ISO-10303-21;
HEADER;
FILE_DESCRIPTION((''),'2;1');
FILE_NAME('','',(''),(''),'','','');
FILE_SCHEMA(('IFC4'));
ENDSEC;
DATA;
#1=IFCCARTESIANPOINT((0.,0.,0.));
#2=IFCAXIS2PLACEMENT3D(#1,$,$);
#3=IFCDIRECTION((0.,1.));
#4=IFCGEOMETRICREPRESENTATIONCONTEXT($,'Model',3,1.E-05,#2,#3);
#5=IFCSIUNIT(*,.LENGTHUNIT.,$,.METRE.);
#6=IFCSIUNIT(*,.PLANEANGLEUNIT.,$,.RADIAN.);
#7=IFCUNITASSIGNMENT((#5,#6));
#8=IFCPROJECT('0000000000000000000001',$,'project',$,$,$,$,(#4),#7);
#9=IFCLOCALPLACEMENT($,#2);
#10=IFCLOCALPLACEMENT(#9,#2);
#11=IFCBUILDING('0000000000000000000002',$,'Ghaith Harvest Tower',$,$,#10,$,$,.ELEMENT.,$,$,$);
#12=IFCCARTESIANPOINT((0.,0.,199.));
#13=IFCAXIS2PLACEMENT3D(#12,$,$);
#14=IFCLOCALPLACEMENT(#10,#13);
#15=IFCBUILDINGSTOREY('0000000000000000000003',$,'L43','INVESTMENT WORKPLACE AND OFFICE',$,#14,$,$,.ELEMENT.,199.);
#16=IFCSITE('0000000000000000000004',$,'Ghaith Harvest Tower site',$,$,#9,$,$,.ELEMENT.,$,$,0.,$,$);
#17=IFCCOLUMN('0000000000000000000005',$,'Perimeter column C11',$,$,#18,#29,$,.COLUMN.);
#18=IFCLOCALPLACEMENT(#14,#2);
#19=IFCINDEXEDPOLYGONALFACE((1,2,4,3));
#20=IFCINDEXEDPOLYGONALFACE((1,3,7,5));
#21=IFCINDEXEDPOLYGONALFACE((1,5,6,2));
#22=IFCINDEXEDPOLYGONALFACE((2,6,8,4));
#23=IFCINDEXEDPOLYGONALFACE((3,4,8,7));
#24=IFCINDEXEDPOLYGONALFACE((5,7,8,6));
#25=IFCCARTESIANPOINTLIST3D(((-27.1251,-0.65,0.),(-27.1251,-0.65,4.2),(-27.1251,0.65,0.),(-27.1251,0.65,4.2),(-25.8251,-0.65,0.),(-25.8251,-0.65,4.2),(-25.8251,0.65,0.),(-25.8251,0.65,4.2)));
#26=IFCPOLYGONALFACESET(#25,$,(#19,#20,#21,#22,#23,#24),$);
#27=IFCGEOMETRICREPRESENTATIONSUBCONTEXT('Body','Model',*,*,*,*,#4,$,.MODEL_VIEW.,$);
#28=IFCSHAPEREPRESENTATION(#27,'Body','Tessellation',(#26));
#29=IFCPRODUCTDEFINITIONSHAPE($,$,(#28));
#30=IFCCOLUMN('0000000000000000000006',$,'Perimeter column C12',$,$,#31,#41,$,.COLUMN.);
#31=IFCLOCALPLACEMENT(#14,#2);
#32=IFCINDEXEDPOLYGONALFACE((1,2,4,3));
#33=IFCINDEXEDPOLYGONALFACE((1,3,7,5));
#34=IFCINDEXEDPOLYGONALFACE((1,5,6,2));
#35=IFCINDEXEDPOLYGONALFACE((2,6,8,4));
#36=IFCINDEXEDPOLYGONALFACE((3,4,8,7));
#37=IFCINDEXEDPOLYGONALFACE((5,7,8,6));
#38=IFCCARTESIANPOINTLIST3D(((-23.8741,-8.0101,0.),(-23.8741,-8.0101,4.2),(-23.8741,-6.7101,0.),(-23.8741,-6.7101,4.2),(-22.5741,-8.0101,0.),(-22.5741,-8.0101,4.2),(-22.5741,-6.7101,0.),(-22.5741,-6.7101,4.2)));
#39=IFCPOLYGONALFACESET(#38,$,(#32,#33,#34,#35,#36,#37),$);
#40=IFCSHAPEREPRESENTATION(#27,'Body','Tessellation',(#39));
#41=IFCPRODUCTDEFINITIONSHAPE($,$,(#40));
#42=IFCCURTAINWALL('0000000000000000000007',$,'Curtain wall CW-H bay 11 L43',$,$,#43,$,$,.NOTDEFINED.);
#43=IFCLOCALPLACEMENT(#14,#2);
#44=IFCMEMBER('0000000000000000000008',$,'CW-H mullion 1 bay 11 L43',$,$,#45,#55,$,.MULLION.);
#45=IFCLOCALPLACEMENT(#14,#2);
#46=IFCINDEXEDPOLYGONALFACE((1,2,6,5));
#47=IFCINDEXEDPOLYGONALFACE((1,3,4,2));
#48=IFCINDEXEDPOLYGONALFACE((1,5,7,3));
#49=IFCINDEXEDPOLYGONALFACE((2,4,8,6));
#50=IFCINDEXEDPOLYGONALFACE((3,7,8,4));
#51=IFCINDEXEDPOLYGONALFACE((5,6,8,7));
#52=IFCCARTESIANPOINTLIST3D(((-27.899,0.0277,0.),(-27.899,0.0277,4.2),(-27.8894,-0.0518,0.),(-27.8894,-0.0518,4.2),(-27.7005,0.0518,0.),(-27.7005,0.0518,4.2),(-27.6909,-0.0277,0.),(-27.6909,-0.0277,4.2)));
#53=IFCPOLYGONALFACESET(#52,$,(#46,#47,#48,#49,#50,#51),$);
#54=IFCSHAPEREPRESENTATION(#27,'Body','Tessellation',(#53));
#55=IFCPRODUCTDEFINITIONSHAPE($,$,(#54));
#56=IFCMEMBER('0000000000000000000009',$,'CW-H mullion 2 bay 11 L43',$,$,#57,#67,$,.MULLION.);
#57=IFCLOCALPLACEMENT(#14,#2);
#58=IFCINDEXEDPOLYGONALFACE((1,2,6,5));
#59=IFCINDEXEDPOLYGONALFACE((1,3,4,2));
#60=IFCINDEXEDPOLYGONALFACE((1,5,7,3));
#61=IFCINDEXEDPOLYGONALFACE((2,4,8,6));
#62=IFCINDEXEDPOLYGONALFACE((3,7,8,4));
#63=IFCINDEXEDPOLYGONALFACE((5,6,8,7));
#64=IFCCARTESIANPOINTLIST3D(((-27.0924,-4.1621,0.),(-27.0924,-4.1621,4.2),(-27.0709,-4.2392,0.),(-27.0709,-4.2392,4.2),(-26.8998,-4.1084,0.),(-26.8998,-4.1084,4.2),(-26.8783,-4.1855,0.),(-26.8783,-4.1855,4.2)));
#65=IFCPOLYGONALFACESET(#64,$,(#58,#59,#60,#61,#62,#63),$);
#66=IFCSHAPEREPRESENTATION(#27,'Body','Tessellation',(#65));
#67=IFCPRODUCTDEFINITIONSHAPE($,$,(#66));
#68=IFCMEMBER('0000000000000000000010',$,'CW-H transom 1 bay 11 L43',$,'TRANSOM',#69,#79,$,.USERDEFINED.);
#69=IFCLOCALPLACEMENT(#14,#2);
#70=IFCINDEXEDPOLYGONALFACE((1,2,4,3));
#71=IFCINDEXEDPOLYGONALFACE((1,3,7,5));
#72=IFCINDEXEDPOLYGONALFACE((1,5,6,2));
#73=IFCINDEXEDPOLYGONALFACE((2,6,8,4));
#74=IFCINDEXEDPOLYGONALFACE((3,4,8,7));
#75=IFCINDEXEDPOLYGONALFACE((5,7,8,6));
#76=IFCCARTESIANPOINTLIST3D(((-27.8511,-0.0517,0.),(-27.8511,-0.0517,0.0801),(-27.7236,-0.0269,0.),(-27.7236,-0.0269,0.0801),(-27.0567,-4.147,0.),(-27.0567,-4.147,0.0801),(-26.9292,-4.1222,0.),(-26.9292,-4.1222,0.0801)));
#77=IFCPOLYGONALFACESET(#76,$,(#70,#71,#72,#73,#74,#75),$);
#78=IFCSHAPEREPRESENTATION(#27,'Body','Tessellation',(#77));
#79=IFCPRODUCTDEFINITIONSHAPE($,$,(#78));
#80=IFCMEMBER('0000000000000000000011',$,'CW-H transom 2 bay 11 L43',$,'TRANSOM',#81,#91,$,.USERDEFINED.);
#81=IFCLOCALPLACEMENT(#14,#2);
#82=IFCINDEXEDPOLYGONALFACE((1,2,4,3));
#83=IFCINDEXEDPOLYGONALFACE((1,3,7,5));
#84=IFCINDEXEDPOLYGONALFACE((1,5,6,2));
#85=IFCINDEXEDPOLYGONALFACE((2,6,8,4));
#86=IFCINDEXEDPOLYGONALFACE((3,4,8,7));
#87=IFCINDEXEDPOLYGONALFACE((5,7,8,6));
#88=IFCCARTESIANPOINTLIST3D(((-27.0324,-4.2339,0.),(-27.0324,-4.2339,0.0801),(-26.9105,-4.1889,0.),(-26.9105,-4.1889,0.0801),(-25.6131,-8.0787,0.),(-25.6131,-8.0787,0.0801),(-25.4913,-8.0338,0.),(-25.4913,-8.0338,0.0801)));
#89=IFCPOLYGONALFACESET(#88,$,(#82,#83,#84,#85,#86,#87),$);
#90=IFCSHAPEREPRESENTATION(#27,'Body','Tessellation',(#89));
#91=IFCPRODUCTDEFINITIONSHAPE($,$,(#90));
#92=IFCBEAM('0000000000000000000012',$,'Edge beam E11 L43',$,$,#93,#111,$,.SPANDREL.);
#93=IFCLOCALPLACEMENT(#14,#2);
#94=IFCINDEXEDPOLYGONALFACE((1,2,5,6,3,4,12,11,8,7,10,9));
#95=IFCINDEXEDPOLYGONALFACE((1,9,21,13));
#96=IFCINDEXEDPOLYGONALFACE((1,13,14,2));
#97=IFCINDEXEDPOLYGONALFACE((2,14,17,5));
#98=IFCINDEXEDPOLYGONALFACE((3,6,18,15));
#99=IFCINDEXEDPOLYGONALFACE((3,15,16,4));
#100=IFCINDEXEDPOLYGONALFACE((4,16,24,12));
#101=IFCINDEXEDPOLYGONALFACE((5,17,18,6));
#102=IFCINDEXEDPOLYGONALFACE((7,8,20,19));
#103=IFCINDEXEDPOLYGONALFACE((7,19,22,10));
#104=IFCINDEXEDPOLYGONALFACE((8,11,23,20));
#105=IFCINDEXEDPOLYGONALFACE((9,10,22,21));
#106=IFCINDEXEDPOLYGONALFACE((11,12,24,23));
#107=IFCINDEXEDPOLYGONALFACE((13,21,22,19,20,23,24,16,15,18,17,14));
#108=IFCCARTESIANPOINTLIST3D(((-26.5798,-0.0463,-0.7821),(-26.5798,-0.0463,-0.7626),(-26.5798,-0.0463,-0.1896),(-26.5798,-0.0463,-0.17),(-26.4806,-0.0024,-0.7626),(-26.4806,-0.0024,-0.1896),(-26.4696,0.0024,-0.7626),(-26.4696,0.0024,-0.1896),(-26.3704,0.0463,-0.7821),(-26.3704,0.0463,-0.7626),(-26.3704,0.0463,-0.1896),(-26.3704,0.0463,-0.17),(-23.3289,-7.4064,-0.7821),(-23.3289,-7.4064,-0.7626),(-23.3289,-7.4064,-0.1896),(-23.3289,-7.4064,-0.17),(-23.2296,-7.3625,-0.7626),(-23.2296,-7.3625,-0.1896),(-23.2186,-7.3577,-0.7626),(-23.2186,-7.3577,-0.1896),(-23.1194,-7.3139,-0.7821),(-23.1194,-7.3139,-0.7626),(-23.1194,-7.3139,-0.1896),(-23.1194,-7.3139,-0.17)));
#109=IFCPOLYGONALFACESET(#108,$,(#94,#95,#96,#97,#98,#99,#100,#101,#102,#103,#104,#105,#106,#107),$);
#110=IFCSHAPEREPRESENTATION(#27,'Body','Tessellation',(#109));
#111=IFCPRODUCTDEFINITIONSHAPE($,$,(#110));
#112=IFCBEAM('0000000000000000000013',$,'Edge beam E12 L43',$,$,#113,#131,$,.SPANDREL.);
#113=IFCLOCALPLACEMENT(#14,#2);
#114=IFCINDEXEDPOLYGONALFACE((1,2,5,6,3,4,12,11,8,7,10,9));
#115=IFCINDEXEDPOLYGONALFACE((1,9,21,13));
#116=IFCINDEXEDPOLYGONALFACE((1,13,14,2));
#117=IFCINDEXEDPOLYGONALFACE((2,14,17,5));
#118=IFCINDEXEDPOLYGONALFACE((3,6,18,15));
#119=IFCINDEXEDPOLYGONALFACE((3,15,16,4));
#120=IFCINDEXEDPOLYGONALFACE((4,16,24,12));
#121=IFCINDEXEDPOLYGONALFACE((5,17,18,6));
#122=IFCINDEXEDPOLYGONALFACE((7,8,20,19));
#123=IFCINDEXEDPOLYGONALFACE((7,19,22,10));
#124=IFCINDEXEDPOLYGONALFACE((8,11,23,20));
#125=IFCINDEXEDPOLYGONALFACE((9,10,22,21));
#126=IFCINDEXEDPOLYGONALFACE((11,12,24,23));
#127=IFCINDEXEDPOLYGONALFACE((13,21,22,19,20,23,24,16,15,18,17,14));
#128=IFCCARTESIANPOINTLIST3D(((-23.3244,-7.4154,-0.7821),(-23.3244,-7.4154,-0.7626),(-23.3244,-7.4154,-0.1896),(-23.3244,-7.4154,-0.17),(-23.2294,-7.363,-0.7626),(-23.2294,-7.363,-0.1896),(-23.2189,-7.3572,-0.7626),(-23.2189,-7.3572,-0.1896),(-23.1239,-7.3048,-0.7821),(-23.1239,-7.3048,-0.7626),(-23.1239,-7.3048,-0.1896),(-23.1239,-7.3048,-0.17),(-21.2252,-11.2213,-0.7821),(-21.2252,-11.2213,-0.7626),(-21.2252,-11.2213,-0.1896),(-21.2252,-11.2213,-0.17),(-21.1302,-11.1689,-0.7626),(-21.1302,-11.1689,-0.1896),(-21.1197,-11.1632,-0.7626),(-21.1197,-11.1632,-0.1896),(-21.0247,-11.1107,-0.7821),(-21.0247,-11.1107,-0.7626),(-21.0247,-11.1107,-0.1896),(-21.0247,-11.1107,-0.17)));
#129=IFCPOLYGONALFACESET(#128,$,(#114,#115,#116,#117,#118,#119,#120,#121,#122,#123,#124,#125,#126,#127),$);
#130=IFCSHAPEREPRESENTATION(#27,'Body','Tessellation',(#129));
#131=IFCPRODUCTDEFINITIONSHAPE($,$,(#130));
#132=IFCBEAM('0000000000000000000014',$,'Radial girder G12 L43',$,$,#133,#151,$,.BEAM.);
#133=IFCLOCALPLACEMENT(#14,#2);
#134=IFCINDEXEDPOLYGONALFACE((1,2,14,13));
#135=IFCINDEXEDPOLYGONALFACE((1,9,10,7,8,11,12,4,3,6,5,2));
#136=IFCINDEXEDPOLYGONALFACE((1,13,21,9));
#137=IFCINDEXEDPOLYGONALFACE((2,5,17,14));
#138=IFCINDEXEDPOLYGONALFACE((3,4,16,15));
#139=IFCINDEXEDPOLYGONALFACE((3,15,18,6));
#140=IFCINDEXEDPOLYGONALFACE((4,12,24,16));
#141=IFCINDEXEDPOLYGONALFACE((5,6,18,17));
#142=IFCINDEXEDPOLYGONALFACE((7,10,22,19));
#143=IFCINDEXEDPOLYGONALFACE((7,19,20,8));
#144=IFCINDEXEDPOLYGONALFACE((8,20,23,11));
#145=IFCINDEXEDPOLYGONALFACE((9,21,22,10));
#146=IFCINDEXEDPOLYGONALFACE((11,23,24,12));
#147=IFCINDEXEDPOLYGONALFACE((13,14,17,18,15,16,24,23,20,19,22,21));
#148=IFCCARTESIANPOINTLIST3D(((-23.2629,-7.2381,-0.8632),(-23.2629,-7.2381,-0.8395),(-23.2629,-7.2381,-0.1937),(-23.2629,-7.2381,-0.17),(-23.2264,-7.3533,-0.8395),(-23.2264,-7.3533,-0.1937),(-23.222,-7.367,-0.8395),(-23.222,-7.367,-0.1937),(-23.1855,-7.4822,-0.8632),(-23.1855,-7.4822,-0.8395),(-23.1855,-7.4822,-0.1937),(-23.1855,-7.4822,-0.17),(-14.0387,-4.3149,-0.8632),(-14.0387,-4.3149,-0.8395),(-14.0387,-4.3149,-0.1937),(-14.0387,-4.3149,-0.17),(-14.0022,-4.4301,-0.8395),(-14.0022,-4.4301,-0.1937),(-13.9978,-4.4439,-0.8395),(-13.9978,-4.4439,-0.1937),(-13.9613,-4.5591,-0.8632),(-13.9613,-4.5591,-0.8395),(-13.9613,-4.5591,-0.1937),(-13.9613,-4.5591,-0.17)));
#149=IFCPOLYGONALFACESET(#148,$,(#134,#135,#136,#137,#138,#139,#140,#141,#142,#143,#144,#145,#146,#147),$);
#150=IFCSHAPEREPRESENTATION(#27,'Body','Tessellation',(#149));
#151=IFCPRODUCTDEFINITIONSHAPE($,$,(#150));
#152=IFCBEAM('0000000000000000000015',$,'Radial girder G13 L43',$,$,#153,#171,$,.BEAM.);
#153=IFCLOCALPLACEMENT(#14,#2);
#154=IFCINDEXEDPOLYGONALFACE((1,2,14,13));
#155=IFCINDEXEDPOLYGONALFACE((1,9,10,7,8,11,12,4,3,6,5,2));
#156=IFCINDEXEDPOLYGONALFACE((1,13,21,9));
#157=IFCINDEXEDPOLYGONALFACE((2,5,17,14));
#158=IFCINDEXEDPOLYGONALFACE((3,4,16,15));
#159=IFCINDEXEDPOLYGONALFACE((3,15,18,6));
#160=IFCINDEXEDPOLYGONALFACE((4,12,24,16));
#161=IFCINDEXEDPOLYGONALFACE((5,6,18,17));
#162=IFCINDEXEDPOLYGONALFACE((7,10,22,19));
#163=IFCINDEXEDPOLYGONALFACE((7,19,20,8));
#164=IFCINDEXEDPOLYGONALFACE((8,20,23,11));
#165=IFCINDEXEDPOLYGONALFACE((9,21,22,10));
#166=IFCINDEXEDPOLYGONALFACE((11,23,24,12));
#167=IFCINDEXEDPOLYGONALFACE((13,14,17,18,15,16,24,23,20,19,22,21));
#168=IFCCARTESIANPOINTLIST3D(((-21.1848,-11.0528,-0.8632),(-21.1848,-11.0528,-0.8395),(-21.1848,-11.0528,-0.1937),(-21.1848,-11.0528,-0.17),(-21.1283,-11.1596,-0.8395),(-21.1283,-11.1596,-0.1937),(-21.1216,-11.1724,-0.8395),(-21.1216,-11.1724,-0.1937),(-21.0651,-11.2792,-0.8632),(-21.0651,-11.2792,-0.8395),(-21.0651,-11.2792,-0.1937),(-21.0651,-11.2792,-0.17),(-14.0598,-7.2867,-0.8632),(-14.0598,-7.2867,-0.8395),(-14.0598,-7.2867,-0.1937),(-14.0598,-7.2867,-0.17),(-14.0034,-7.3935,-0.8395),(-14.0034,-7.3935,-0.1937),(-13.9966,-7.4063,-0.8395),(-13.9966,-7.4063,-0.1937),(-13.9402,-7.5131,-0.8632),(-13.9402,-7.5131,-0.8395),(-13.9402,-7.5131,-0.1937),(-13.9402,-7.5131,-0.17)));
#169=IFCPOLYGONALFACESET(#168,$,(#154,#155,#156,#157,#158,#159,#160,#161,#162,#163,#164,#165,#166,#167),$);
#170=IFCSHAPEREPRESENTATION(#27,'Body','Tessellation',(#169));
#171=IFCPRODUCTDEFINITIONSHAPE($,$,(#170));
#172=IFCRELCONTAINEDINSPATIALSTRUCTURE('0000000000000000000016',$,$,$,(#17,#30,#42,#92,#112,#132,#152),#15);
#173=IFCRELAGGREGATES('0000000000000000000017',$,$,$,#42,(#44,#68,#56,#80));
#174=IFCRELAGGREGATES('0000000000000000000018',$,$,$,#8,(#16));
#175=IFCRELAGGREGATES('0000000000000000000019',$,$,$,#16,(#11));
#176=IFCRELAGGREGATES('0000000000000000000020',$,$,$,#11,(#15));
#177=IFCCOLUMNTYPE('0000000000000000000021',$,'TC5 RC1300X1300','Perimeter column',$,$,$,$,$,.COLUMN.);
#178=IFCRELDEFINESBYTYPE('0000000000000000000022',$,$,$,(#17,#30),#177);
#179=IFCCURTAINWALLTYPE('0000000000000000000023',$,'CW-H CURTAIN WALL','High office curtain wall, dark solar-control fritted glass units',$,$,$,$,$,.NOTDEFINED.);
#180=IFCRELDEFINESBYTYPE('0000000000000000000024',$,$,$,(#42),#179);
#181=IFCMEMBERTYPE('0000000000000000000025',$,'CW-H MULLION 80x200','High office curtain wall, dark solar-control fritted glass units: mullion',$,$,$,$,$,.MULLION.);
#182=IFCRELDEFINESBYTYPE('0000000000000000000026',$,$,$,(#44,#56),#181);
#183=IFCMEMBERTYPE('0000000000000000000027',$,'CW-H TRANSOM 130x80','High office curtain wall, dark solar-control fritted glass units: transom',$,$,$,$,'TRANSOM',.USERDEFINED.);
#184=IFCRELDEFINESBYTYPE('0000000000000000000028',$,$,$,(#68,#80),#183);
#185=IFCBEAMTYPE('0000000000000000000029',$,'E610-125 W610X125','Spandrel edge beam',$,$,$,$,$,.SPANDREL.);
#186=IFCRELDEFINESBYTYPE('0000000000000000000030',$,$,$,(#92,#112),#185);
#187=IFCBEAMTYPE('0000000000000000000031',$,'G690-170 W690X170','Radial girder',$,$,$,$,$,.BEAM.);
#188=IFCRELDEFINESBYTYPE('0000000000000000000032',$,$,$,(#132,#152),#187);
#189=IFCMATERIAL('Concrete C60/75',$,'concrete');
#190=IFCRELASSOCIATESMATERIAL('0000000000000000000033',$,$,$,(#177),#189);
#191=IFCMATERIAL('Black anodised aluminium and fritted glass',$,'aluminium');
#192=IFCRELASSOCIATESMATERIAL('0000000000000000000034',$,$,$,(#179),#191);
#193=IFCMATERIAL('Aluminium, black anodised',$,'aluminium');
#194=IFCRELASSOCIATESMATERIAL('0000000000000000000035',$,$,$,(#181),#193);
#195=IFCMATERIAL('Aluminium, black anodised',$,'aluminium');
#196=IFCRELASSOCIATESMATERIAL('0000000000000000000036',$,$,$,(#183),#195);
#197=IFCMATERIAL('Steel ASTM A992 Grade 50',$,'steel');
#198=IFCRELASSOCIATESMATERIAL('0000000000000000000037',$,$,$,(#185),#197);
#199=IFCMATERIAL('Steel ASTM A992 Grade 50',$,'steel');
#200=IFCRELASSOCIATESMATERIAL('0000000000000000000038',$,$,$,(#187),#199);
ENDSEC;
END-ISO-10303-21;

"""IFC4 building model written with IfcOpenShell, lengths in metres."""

from ifc_helpers import new_model, si_unit, direction, frame, origin, origin_2d, place, context, subcontext, project, spatial, rectangle, i_section, extrude, material, material_profile, profile_set, type_object, element, aggregate, save


model = new_model("IFC4")

# Units and contexts
model_context = context("Model", 3, precision=1e-05, world=origin(), true_north=direction((0.0, 1.0)))
body_context = subcontext(model_context, "Body", "Model", "MODEL_VIEW")
ifc_project = project(units=[si_unit("LENGTHUNIT", "METRE"), si_unit("PLANEANGLEUNIT", "RADIAN")], contexts=[model_context])

# Site, building, storey
site_placement = place(None, origin())
site = spatial("IfcSite", under=ifc_project, at=site_placement, Name="Ghaith Harvest Tower site", CompositionType="ELEMENT", RefElevation=0.0)
building_placement = place(site_placement, origin())
building = spatial("IfcBuilding", under=site, at=building_placement, Name="Ghaith Harvest Tower", CompositionType="ELEMENT")
storey_placement = place(building_placement, frame((0.0, 0.0, 199.0)))
storey = spatial("IfcBuildingStorey", under=building, at=storey_placement, Name="L43", Description="INVESTMENT WORKPLACE AND OFFICE", CompositionType="ELEMENT", Elevation=199.0)

# Columns
ifc_material_1 = material(Name="Concrete C60/75", Category="concrete")
ifc_material_profile_1 = material_profile(ifc_material_1, rectangle(XDim=1.3, YDim=1.3, at=origin_2d()), Name="RC1300X1300")
ifc_profile_set_1 = profile_set([ifc_material_profile_1], Name="Concrete C60/75")
column_type = type_object("IfcColumnType", Name="TC5 RC1300X1300", Description="Perimeter column", PredefinedType="COLUMN", material=ifc_profile_set_1)
for number, where, z_axis, x_axis, name in (
    (1, (-26.4751, 0.0, 0.0), (0.0, 0.0, 1.0), (1.0, 0.0, 0.0), "Perimeter column C11"),
    (2, (-23.2241, -7.3601, 0.0), (0.0, 0.0, 1.0), (1.0, 0.0, 0.0), "Perimeter column C12"),
):
    element("IfcColumn", number, at=place(storey_placement, frame(where, z_axis=z_axis, x_axis=x_axis)), inside=storey, type_object=column_type, Name=name, PredefinedType="COLUMN", context=body_context, shape_type="SweptSolid", body=[
        extrude(rectangle(XDim=1.3, YDim=1.3, at=origin_2d()), origin(), (0.0, 0.0, 1.0), 4.2),
    ])

# Curtain wall, members
ifc_material_2 = material(Name="Black anodised aluminium and fritted glass", Category="aluminium")
curtain_wall_type = type_object("IfcCurtainWallType", Name="CW-H CURTAIN WALL", Description="High office curtain wall, dark solar-control fritted glass units", PredefinedType="NOTDEFINED", material=ifc_material_2)
curtain_wall_placement = place(storey_placement, origin())
curtain_wall = element("IfcCurtainWall", 3, at=curtain_wall_placement, inside=storey, type_object=curtain_wall_type, Name="Curtain wall CW-H bay 11 L43", PredefinedType="NOTDEFINED")
ifc_material_3 = material(Name="Aluminium, black anodised", Category="aluminium")
ifc_material_profile_2 = material_profile(ifc_material_3, rectangle(XDim=0.0801, YDim=0.2, at=origin_2d()), Name="CW-H MULLION 80x200")
ifc_profile_set_2 = profile_set([ifc_material_profile_2], Name="Aluminium, black anodised")
member_type_1 = type_object("IfcMemberType", Name="CW-H MULLION 80x200", Description="High office curtain wall, dark solar-control fritted glass units: mullion", PredefinedType="MULLION", material=ifc_profile_set_2)
member_1_placement = place(storey_placement, frame((-27.7949, 0.0, 0.0), z_axis=(0.0, 0.0, 1.0), x_axis=(0.12025, -0.992744, 0.0)))
member_1 = element("IfcMember", 4, at=member_1_placement, type_object=member_type_1, Name="CW-H mullion 1 bay 11 L43", PredefinedType="MULLION", context=body_context, shape_type="SweptSolid", body=[
    extrude(rectangle(XDim=0.0801, YDim=0.2, at=origin_2d()), origin(), (0.0, 0.0, 1.0), 4.2),
])
member_2_placement = place(storey_placement, frame((-26.9854, -4.1738, 0.0), z_axis=(0.0, 0.0, 1.0), x_axis=(0.268569, -0.96326, 0.0)))
member_2 = element("IfcMember", 5, at=member_2_placement, type_object=member_type_1, Name="CW-H mullion 2 bay 11 L43", PredefinedType="MULLION", context=body_context, shape_type="SweptSolid", body=[
    extrude(rectangle(XDim=0.0801, YDim=0.2, at=origin_2d()), origin(), (0.0, 0.0, 1.0), 4.2),
])
ifc_material_4 = material(Name="Aluminium, black anodised", Category="aluminium")
ifc_material_profile_3 = material_profile(ifc_material_4, rectangle(XDim=0.1299, YDim=0.0801, at=origin_2d()), Name="CW-H TRANSOM 130x80")
ifc_profile_set_3 = profile_set([ifc_material_profile_3], Name="Aluminium, black anodised")
member_type_2 = type_object("IfcMemberType", Name="CW-H TRANSOM 130x80", Description="High office curtain wall, dark solar-control fritted glass units: transom", ElementType="TRANSOM", PredefinedType="USERDEFINED", material=ifc_profile_set_3)
member_3_placement = place(storey_placement, frame((-27.7874, -0.0393, 0.04), z_axis=(0.19044, -0.981699, 0.0), x_axis=(0.981699, 0.19044, 0.0)))
member_3 = element("IfcMember", 6, at=member_3_placement, type_object=member_type_2, Name="CW-H transom 1 bay 11 L43", ObjectType="TRANSOM", PredefinedType="USERDEFINED", context=body_context, shape_type="SweptSolid", body=[
    extrude(rectangle(XDim=0.1299, YDim=0.0801, at=origin_2d()), origin(), (0.0, 0.0, 1.0), 4.1716),
])
member_4_placement = place(storey_placement, frame((-26.9714, -4.2114, 0.04), z_axis=(0.346288, -0.938128, 0.0), x_axis=(0.938128, 0.346288, 0.0)))
member_4 = element("IfcMember", 7, at=member_4_placement, type_object=member_type_2, Name="CW-H transom 2 bay 11 L43", ObjectType="TRANSOM", PredefinedType="USERDEFINED", context=body_context, shape_type="SweptSolid", body=[
    extrude(rectangle(XDim=0.1299, YDim=0.0801, at=origin_2d()), origin(), (0.0, 0.0, 1.0), 4.0984),
])

# Beams
ifc_material_5 = material(Name="Steel ASTM A992 Grade 50", Category="steel")
ifc_material_profile_4 = material_profile(ifc_material_5, i_section(OverallWidth=0.229, OverallDepth=0.6121, WebThickness=0.012, FlangeThickness=0.0195, at=origin_2d()), Name="W610X125")
ifc_profile_set_4 = profile_set([ifc_material_profile_4], Name="Steel ASTM A992 Grade 50")
beam_type_1 = type_object("IfcBeamType", Name="E610-125 W610X125", Description="Spandrel edge beam", PredefinedType="SPANDREL", material=ifc_profile_set_4)
beam_1_placement = place(storey_placement, frame((-26.4751, 0.0, -0.4761), z_axis=(0.404043, -0.91474, 0.0), x_axis=(0.91474, 0.404043, 0.0)))
element("IfcBeam", 8, at=beam_1_placement, inside=storey, type_object=beam_type_1, Name="Edge beam E11 L43", PredefinedType="SPANDREL", context=body_context, shape_type="SweptSolid", body=[
    extrude(i_section(OverallWidth=0.229, OverallDepth=0.6121, WebThickness=0.012, FlangeThickness=0.0195, at=origin_2d()), origin(), (0.0, 0.0, 1.0), 8.0461),
])
beam_2_placement = place(storey_placement, frame((-23.2241, -7.3601, -0.4761), z_axis=(0.482956, -0.875645, 0.0), x_axis=(0.875645, 0.482956, 0.0)))
element("IfcBeam", 9, at=beam_2_placement, inside=storey, type_object=beam_type_1, Name="Edge beam E12 L43", PredefinedType="SPANDREL", context=body_context, shape_type="SweptSolid", body=[
    extrude(i_section(OverallWidth=0.229, OverallDepth=0.6121, WebThickness=0.012, FlangeThickness=0.0195, at=origin_2d()), origin(), (0.0, 0.0, 1.0), 4.3464),
])
ifc_material_6 = material(Name="Steel ASTM A992 Grade 50", Category="steel")
ifc_material_profile_5 = material_profile(ifc_material_6, i_section(OverallWidth=0.2561, OverallDepth=0.6931, WebThickness=0.0144, FlangeThickness=0.0237, at=origin_2d()), Name="W690X170")
ifc_profile_set_5 = profile_set([ifc_material_profile_5], Name="Steel ASTM A992 Grade 50")
beam_type_2 = type_object("IfcBeamType", Name="G690-170 W690X170", Description="Radial girder", PredefinedType="BEAM", material=ifc_profile_set_5)
beam_3_placement = place(storey_placement, frame((-14.0, -4.437, -0.5166), z_axis=(-0.953279, -0.302091, 0.0), x_axis=(0.302091, -0.953279, 0.0)))
element("IfcBeam", 10, at=beam_3_placement, inside=storey, type_object=beam_type_2, Name="Radial girder G12 L43", PredefinedType="BEAM", context=body_context, shape_type="SweptSolid", body=[
    extrude(i_section(OverallWidth=0.2561, OverallDepth=0.6931, WebThickness=0.0144, FlangeThickness=0.0237, at=origin_2d()), origin(), (0.0, 0.0, 1.0), 9.6763),
])
beam_4_placement = place(storey_placement, frame((-14.0, -7.3999, -0.5166), z_axis=(-0.884093, -0.467311, 0.0), x_axis=(0.467311, -0.884093, 0.0)))
element("IfcBeam", 11, at=beam_4_placement, inside=storey, type_object=beam_type_2, Name="Radial girder G13 L43", PredefinedType="BEAM", context=body_context, shape_type="SweptSolid", body=[
    extrude(i_section(OverallWidth=0.2561, OverallDepth=0.6931, WebThickness=0.0144, FlangeThickness=0.0237, at=origin_2d()), origin(), (0.0, 0.0, 1.0), 8.0591),
])

aggregate(curtain_wall, [member_1, member_3, member_2, member_4])

save(model, "model.ifc")
